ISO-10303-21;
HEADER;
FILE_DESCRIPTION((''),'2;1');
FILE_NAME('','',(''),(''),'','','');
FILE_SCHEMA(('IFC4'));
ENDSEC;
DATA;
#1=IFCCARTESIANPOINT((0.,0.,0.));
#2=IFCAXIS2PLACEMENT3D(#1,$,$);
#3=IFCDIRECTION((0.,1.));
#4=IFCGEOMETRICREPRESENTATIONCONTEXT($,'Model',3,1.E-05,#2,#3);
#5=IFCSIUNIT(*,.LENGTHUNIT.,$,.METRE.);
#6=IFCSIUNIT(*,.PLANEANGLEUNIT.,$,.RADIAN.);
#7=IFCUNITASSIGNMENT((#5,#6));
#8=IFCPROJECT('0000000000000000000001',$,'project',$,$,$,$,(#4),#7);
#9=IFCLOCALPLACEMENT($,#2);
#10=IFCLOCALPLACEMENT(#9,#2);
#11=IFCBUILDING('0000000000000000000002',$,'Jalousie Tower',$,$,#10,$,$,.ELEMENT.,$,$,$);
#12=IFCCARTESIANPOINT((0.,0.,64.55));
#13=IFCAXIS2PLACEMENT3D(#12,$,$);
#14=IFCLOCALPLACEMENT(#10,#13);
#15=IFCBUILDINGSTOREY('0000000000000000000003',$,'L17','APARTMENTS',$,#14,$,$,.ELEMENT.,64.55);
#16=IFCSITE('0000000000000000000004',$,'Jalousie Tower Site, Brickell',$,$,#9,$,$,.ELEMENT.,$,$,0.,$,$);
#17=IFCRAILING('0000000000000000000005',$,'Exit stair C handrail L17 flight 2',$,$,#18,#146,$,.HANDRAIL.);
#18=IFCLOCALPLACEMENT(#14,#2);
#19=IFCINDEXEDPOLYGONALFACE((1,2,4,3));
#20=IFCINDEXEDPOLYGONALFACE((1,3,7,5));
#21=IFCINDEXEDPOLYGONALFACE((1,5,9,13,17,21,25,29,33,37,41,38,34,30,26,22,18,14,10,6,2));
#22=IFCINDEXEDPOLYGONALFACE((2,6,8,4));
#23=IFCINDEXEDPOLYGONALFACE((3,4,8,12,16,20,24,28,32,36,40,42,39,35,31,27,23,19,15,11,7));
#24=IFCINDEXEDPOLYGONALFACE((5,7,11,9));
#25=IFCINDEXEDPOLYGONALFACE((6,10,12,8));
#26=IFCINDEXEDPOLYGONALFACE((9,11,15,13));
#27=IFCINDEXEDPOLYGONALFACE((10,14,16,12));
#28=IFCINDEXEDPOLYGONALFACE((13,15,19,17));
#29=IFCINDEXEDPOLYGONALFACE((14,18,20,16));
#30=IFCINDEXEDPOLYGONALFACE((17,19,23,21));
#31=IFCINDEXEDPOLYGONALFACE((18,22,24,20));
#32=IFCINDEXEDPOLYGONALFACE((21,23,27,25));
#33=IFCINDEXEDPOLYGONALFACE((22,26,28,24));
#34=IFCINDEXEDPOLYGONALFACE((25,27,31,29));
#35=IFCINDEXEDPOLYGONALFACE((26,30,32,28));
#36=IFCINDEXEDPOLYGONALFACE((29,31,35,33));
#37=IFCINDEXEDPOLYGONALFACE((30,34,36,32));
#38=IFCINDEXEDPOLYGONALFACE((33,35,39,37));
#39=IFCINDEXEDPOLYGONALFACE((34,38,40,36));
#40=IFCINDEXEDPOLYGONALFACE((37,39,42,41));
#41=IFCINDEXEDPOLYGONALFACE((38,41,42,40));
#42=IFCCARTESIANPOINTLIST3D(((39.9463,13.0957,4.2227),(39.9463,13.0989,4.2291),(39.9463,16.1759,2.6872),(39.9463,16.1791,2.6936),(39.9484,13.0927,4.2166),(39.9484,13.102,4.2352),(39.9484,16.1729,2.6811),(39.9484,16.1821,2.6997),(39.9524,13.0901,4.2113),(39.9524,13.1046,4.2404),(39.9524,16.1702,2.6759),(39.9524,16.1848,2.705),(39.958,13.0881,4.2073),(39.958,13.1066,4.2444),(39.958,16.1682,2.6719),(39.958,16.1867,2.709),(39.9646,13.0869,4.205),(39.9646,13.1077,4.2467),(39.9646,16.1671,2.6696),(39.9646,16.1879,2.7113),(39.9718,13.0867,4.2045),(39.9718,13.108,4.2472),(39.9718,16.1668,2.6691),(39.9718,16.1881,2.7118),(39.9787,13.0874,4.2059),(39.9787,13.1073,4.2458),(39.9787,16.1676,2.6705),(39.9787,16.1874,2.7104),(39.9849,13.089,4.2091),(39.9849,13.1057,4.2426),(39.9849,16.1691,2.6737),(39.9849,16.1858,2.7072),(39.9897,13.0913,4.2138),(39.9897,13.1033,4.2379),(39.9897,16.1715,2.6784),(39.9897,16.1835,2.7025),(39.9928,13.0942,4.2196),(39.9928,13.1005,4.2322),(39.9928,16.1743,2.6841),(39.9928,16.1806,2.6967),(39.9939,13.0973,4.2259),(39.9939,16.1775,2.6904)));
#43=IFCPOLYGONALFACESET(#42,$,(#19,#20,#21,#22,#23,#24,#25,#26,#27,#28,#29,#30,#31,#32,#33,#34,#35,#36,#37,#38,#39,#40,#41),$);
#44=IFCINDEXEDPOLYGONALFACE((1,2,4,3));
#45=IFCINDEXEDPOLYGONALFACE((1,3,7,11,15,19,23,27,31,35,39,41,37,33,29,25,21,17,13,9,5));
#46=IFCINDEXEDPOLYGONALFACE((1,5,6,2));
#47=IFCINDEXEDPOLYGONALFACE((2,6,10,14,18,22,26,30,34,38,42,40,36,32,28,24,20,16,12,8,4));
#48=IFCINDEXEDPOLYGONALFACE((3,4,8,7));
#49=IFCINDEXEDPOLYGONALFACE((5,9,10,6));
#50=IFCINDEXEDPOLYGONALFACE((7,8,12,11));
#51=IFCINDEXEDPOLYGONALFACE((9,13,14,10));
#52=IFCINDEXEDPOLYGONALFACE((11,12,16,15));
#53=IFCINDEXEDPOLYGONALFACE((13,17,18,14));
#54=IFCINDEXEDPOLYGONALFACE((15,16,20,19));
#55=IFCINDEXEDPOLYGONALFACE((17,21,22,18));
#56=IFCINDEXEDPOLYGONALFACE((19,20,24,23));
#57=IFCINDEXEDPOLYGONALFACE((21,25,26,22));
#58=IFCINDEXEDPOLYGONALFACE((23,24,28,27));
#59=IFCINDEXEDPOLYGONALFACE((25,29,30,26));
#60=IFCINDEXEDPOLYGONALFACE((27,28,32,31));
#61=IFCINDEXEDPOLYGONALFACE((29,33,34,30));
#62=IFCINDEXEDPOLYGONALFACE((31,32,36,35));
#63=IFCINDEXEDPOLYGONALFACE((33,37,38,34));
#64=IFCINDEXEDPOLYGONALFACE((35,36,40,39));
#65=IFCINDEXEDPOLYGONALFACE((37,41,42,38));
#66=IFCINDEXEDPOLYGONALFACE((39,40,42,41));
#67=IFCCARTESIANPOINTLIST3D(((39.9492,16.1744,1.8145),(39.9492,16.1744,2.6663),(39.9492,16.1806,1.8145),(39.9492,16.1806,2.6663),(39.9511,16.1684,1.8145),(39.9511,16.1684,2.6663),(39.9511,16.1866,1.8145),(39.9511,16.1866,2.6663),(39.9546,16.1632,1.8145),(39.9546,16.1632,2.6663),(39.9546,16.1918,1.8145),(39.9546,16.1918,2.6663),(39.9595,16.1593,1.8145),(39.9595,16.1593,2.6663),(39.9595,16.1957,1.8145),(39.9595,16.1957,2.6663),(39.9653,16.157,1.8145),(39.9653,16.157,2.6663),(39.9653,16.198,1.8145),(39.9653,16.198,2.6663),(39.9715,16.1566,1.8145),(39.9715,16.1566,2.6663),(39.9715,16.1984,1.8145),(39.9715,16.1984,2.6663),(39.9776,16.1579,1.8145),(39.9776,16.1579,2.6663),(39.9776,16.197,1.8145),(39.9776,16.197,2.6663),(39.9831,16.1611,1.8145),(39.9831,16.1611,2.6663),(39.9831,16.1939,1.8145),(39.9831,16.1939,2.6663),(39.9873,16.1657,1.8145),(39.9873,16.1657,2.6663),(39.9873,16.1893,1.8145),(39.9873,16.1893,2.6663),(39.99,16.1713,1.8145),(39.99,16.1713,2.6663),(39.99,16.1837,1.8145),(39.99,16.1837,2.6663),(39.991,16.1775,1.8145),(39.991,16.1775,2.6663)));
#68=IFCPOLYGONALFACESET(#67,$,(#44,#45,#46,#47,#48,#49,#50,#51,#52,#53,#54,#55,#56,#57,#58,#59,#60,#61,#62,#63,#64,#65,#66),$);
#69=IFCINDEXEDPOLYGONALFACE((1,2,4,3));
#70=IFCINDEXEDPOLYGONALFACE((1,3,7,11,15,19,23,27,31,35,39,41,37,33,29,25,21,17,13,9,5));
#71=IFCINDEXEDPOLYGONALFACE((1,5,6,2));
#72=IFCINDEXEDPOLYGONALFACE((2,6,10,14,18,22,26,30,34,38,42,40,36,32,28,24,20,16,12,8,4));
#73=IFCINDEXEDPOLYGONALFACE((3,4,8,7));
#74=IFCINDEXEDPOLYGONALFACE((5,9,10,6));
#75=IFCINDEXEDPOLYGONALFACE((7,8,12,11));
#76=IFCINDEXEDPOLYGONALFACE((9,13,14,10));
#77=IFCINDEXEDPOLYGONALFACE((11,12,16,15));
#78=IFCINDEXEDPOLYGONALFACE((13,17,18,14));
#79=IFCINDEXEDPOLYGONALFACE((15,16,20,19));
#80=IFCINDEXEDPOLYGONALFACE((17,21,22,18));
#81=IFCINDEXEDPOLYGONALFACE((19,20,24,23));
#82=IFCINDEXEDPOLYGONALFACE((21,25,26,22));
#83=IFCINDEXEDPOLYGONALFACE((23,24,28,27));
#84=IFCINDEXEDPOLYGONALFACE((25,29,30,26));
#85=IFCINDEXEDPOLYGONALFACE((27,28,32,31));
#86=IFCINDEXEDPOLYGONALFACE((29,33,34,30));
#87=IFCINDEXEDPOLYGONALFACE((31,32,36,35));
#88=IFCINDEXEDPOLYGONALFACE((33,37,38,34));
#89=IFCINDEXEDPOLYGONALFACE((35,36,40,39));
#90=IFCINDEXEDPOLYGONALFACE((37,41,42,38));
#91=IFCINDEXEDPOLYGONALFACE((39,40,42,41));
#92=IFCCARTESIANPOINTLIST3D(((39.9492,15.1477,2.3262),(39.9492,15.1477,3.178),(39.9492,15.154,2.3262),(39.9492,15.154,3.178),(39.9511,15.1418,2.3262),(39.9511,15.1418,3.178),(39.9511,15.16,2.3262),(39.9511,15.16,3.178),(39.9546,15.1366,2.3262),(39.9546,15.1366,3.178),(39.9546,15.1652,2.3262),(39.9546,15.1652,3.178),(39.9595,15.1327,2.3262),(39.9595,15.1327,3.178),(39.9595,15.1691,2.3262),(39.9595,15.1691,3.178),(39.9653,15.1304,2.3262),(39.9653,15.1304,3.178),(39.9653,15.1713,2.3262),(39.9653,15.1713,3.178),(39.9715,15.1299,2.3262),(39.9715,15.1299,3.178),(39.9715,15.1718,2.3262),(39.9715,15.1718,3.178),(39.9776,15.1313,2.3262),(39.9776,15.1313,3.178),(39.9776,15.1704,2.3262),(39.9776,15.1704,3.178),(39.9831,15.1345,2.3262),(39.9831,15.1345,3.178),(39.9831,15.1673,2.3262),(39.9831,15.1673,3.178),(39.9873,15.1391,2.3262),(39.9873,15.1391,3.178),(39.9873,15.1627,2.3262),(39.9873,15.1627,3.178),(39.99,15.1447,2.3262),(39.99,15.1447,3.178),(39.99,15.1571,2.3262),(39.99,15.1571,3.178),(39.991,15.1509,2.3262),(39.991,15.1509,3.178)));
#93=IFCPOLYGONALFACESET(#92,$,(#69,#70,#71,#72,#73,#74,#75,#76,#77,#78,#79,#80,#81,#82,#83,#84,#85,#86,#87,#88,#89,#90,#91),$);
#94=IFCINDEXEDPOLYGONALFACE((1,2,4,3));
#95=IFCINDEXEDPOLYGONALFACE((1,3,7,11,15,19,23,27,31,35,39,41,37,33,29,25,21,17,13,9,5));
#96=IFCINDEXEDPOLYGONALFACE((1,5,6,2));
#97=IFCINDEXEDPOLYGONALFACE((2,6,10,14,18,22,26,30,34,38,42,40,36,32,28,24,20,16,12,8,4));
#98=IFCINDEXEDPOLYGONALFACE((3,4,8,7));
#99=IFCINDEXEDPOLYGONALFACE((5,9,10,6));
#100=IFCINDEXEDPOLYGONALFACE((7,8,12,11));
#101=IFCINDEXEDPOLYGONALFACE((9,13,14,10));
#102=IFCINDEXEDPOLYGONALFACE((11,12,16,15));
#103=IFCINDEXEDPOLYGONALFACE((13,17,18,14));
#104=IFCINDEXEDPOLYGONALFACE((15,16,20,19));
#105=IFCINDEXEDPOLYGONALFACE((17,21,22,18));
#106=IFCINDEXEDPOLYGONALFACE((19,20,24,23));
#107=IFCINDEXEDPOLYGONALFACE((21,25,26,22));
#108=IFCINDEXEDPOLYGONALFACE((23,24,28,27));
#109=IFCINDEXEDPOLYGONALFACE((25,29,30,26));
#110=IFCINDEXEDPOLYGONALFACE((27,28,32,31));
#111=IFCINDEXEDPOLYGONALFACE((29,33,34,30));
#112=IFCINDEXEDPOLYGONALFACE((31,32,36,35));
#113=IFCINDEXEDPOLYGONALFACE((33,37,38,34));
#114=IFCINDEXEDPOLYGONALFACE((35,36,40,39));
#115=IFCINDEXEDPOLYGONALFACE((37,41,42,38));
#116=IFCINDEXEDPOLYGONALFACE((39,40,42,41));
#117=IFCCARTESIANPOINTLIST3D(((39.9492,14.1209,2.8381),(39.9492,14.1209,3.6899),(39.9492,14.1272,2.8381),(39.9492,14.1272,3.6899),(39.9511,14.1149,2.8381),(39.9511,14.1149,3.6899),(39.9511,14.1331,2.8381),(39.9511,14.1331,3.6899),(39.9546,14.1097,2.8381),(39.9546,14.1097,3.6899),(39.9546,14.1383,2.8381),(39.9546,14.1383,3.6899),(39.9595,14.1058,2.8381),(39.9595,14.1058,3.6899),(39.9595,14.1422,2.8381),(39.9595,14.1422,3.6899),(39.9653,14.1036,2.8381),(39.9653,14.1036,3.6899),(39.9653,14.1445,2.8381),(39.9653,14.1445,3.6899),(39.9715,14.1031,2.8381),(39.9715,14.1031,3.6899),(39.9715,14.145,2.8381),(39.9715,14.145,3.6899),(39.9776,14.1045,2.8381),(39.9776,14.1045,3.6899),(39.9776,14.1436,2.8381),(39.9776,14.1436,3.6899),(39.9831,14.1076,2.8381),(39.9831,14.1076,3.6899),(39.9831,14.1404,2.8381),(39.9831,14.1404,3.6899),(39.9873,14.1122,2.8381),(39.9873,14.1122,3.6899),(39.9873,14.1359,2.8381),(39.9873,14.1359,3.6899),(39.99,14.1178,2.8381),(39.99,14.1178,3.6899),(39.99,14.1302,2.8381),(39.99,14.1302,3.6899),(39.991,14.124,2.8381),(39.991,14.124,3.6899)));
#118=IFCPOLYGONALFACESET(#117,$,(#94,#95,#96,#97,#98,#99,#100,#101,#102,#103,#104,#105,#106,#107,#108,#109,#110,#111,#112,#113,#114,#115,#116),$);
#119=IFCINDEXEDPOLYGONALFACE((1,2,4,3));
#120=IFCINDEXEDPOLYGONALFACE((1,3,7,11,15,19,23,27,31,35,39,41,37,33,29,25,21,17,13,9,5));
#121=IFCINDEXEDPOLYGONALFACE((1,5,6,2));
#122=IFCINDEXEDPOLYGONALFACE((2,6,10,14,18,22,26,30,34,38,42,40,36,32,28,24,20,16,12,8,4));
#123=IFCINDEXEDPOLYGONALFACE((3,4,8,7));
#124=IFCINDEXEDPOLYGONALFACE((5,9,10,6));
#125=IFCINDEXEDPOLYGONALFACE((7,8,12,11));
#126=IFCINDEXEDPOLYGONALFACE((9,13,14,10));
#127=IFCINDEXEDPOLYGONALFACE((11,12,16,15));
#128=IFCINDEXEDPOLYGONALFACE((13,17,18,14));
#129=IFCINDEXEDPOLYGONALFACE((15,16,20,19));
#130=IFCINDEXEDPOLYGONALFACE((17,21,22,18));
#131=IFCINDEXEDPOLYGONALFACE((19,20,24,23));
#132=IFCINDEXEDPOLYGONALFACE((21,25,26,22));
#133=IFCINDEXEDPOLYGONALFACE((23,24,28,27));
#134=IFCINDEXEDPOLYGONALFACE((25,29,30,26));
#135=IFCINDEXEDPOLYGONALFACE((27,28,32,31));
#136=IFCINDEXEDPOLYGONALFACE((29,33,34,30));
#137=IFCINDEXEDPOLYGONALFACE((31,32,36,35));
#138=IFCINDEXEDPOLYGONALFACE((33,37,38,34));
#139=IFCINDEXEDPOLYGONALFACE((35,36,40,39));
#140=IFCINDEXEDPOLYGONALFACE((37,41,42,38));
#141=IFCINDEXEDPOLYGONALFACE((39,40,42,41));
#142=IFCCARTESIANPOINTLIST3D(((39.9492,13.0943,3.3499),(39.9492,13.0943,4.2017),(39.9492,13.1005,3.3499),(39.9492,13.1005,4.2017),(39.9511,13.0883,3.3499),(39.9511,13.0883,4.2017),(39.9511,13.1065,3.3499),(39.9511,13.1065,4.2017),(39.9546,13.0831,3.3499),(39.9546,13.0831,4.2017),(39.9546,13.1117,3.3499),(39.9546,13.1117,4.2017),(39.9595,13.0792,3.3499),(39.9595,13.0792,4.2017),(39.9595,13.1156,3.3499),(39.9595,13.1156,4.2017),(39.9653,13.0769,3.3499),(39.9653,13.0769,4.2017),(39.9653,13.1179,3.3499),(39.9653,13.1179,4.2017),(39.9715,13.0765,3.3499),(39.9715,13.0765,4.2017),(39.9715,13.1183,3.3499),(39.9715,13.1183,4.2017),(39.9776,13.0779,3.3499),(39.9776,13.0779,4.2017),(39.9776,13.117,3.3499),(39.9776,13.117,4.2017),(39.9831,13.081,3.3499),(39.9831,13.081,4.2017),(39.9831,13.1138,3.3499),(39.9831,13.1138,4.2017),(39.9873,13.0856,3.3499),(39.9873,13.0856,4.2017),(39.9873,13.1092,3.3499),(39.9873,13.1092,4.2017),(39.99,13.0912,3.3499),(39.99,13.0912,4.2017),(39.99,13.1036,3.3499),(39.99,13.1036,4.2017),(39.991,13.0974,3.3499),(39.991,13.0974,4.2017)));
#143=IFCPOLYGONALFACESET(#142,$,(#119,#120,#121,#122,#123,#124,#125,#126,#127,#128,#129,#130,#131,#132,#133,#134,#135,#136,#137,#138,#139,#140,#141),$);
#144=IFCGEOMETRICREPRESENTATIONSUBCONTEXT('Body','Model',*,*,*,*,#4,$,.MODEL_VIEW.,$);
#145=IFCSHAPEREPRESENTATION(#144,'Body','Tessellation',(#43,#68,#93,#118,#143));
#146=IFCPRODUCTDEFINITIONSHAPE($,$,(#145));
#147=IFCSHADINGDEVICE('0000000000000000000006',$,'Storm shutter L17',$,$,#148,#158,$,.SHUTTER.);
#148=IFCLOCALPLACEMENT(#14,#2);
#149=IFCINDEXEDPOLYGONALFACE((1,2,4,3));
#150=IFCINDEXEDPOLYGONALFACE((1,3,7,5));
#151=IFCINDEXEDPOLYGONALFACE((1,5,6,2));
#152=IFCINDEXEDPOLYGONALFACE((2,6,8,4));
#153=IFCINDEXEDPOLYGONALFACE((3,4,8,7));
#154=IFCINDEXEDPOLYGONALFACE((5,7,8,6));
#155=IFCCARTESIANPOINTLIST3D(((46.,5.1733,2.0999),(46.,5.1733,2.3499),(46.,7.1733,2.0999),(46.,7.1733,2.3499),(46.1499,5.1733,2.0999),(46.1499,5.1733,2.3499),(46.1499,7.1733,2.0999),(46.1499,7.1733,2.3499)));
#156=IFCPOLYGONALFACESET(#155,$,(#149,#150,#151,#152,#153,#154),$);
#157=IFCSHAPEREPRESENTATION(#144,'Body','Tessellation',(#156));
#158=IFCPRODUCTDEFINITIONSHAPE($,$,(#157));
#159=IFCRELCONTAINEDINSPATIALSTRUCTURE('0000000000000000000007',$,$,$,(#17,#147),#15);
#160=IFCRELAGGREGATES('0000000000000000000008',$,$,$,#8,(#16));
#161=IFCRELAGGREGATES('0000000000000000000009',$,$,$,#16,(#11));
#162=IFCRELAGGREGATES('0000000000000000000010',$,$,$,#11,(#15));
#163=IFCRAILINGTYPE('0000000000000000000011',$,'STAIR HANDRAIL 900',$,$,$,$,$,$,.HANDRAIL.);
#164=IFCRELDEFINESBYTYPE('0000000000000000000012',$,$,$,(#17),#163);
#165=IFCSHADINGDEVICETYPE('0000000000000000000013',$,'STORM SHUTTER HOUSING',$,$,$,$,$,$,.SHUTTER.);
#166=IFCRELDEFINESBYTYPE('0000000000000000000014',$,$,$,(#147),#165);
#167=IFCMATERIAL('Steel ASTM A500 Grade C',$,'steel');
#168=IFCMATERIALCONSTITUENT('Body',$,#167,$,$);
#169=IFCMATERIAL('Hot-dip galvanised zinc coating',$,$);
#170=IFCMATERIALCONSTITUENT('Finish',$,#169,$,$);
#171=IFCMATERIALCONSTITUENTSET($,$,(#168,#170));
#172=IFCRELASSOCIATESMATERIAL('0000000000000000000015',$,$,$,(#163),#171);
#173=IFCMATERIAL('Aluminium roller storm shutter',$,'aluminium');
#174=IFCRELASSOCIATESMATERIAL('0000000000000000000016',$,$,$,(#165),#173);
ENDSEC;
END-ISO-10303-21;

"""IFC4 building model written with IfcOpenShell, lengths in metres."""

from ifc_helpers import new_model, si_unit, direction, frame, origin, origin_2d, place, context, subcontext, project, spatial, rectangle, circle, extrude, material, constituent, constituent_set, type_object, element, save


model = new_model("IFC4")

# Units and contexts
model_context = context("Model", 3, precision=1e-05, world=origin(), true_north=direction((0.0, 1.0)))
body_context = subcontext(model_context, "Body", "Model", "MODEL_VIEW")
ifc_project = project(units=[si_unit("LENGTHUNIT", "METRE"), si_unit("PLANEANGLEUNIT", "RADIAN")], contexts=[model_context])

# Site, building, storey
site_placement = place(None, origin())
site = spatial("IfcSite", under=ifc_project, at=site_placement, Name="Jalousie Tower Site, Brickell", CompositionType="ELEMENT", RefElevation=0.0)
building_placement = place(site_placement, origin())
building = spatial("IfcBuilding", under=site, at=building_placement, Name="Jalousie Tower", CompositionType="ELEMENT")
storey_placement = place(building_placement, frame((0.0, 0.0, 64.55)))
storey = spatial("IfcBuildingStorey", under=building, at=storey_placement, Name="L17", Description="APARTMENTS", CompositionType="ELEMENT", Elevation=64.55)

# Railing
ifc_material_1 = material(Name="Steel ASTM A500 Grade C", Category="steel")
ifc_constituent_1 = constituent(ifc_material_1, Name="Body")
ifc_material_2 = material(Name="Hot-dip galvanised zinc coating")
ifc_constituent_2 = constituent(ifc_material_2, Name="Finish")
ifc_constituent_set_1 = constituent_set(constituents=[ifc_constituent_1, ifc_constituent_2])
railing_type_1 = type_object("IfcRailingType", Name="STAIR HANDRAIL 900", PredefinedType="HANDRAIL", material=ifc_constituent_set_1)
railing_1_placement = place(storey_placement, frame((39.97, 16.1775, 1.8145)))
element("IfcRailing", 1, at=railing_1_placement, inside=storey, type_object=railing_type_1, Name="Exit stair C handrail L17 flight 2", PredefinedType="HANDRAIL", context=body_context, shape_type="SweptSolid", body=[
    extrude(circle(Radius=0.0239, at=origin_2d()), frame((0.0, 0.0, 0.876), z_axis=(0.0, -0.894966, 0.446135), x_axis=(1.0, 0.0, 0.0)), (0.0, 0.0, 1.0), 3.4417),
    extrude(circle(Radius=0.021, at=origin_2d()), origin(), (0.0, 0.0, 1.0), 0.8518),
    extrude(circle(Radius=0.021, at=origin_2d()), frame((0.0, -1.0266, 0.5117)), (0.0, 0.0, 1.0), 0.8518),
    extrude(circle(Radius=0.021, at=origin_2d()), frame((0.0, -2.0535, 1.0237)), (0.0, 0.0, 1.0), 0.8518),
    extrude(circle(Radius=0.021, at=origin_2d()), frame((0.0, -3.0801, 1.5354)), (0.0, 0.0, 1.0), 0.8518),
])

# Shading device
ifc_material_3 = material(Name="Aluminium roller storm shutter", Category="aluminium")
shading_device_type = type_object("IfcShadingDeviceType", Name="STORM SHUTTER HOUSING", PredefinedType="SHUTTER", material=ifc_material_3)
shading_device_placement = place(storey_placement, frame((46.075, 6.1733, 2.0999), z_axis=(0.0, 0.0, 1.0), x_axis=(0.0, 1.0, 0.0)))
element("IfcShadingDevice", 2, at=shading_device_placement, inside=storey, type_object=shading_device_type, Name="Storm shutter L17", PredefinedType="SHUTTER", context=body_context, shape_type="SweptSolid", body=[
    extrude(rectangle(XDim=2.0, YDim=0.1499, at=origin_2d()), origin(), (0.0, 0.0, 1.0), 0.25),
])

save(model, "model.ifc")
